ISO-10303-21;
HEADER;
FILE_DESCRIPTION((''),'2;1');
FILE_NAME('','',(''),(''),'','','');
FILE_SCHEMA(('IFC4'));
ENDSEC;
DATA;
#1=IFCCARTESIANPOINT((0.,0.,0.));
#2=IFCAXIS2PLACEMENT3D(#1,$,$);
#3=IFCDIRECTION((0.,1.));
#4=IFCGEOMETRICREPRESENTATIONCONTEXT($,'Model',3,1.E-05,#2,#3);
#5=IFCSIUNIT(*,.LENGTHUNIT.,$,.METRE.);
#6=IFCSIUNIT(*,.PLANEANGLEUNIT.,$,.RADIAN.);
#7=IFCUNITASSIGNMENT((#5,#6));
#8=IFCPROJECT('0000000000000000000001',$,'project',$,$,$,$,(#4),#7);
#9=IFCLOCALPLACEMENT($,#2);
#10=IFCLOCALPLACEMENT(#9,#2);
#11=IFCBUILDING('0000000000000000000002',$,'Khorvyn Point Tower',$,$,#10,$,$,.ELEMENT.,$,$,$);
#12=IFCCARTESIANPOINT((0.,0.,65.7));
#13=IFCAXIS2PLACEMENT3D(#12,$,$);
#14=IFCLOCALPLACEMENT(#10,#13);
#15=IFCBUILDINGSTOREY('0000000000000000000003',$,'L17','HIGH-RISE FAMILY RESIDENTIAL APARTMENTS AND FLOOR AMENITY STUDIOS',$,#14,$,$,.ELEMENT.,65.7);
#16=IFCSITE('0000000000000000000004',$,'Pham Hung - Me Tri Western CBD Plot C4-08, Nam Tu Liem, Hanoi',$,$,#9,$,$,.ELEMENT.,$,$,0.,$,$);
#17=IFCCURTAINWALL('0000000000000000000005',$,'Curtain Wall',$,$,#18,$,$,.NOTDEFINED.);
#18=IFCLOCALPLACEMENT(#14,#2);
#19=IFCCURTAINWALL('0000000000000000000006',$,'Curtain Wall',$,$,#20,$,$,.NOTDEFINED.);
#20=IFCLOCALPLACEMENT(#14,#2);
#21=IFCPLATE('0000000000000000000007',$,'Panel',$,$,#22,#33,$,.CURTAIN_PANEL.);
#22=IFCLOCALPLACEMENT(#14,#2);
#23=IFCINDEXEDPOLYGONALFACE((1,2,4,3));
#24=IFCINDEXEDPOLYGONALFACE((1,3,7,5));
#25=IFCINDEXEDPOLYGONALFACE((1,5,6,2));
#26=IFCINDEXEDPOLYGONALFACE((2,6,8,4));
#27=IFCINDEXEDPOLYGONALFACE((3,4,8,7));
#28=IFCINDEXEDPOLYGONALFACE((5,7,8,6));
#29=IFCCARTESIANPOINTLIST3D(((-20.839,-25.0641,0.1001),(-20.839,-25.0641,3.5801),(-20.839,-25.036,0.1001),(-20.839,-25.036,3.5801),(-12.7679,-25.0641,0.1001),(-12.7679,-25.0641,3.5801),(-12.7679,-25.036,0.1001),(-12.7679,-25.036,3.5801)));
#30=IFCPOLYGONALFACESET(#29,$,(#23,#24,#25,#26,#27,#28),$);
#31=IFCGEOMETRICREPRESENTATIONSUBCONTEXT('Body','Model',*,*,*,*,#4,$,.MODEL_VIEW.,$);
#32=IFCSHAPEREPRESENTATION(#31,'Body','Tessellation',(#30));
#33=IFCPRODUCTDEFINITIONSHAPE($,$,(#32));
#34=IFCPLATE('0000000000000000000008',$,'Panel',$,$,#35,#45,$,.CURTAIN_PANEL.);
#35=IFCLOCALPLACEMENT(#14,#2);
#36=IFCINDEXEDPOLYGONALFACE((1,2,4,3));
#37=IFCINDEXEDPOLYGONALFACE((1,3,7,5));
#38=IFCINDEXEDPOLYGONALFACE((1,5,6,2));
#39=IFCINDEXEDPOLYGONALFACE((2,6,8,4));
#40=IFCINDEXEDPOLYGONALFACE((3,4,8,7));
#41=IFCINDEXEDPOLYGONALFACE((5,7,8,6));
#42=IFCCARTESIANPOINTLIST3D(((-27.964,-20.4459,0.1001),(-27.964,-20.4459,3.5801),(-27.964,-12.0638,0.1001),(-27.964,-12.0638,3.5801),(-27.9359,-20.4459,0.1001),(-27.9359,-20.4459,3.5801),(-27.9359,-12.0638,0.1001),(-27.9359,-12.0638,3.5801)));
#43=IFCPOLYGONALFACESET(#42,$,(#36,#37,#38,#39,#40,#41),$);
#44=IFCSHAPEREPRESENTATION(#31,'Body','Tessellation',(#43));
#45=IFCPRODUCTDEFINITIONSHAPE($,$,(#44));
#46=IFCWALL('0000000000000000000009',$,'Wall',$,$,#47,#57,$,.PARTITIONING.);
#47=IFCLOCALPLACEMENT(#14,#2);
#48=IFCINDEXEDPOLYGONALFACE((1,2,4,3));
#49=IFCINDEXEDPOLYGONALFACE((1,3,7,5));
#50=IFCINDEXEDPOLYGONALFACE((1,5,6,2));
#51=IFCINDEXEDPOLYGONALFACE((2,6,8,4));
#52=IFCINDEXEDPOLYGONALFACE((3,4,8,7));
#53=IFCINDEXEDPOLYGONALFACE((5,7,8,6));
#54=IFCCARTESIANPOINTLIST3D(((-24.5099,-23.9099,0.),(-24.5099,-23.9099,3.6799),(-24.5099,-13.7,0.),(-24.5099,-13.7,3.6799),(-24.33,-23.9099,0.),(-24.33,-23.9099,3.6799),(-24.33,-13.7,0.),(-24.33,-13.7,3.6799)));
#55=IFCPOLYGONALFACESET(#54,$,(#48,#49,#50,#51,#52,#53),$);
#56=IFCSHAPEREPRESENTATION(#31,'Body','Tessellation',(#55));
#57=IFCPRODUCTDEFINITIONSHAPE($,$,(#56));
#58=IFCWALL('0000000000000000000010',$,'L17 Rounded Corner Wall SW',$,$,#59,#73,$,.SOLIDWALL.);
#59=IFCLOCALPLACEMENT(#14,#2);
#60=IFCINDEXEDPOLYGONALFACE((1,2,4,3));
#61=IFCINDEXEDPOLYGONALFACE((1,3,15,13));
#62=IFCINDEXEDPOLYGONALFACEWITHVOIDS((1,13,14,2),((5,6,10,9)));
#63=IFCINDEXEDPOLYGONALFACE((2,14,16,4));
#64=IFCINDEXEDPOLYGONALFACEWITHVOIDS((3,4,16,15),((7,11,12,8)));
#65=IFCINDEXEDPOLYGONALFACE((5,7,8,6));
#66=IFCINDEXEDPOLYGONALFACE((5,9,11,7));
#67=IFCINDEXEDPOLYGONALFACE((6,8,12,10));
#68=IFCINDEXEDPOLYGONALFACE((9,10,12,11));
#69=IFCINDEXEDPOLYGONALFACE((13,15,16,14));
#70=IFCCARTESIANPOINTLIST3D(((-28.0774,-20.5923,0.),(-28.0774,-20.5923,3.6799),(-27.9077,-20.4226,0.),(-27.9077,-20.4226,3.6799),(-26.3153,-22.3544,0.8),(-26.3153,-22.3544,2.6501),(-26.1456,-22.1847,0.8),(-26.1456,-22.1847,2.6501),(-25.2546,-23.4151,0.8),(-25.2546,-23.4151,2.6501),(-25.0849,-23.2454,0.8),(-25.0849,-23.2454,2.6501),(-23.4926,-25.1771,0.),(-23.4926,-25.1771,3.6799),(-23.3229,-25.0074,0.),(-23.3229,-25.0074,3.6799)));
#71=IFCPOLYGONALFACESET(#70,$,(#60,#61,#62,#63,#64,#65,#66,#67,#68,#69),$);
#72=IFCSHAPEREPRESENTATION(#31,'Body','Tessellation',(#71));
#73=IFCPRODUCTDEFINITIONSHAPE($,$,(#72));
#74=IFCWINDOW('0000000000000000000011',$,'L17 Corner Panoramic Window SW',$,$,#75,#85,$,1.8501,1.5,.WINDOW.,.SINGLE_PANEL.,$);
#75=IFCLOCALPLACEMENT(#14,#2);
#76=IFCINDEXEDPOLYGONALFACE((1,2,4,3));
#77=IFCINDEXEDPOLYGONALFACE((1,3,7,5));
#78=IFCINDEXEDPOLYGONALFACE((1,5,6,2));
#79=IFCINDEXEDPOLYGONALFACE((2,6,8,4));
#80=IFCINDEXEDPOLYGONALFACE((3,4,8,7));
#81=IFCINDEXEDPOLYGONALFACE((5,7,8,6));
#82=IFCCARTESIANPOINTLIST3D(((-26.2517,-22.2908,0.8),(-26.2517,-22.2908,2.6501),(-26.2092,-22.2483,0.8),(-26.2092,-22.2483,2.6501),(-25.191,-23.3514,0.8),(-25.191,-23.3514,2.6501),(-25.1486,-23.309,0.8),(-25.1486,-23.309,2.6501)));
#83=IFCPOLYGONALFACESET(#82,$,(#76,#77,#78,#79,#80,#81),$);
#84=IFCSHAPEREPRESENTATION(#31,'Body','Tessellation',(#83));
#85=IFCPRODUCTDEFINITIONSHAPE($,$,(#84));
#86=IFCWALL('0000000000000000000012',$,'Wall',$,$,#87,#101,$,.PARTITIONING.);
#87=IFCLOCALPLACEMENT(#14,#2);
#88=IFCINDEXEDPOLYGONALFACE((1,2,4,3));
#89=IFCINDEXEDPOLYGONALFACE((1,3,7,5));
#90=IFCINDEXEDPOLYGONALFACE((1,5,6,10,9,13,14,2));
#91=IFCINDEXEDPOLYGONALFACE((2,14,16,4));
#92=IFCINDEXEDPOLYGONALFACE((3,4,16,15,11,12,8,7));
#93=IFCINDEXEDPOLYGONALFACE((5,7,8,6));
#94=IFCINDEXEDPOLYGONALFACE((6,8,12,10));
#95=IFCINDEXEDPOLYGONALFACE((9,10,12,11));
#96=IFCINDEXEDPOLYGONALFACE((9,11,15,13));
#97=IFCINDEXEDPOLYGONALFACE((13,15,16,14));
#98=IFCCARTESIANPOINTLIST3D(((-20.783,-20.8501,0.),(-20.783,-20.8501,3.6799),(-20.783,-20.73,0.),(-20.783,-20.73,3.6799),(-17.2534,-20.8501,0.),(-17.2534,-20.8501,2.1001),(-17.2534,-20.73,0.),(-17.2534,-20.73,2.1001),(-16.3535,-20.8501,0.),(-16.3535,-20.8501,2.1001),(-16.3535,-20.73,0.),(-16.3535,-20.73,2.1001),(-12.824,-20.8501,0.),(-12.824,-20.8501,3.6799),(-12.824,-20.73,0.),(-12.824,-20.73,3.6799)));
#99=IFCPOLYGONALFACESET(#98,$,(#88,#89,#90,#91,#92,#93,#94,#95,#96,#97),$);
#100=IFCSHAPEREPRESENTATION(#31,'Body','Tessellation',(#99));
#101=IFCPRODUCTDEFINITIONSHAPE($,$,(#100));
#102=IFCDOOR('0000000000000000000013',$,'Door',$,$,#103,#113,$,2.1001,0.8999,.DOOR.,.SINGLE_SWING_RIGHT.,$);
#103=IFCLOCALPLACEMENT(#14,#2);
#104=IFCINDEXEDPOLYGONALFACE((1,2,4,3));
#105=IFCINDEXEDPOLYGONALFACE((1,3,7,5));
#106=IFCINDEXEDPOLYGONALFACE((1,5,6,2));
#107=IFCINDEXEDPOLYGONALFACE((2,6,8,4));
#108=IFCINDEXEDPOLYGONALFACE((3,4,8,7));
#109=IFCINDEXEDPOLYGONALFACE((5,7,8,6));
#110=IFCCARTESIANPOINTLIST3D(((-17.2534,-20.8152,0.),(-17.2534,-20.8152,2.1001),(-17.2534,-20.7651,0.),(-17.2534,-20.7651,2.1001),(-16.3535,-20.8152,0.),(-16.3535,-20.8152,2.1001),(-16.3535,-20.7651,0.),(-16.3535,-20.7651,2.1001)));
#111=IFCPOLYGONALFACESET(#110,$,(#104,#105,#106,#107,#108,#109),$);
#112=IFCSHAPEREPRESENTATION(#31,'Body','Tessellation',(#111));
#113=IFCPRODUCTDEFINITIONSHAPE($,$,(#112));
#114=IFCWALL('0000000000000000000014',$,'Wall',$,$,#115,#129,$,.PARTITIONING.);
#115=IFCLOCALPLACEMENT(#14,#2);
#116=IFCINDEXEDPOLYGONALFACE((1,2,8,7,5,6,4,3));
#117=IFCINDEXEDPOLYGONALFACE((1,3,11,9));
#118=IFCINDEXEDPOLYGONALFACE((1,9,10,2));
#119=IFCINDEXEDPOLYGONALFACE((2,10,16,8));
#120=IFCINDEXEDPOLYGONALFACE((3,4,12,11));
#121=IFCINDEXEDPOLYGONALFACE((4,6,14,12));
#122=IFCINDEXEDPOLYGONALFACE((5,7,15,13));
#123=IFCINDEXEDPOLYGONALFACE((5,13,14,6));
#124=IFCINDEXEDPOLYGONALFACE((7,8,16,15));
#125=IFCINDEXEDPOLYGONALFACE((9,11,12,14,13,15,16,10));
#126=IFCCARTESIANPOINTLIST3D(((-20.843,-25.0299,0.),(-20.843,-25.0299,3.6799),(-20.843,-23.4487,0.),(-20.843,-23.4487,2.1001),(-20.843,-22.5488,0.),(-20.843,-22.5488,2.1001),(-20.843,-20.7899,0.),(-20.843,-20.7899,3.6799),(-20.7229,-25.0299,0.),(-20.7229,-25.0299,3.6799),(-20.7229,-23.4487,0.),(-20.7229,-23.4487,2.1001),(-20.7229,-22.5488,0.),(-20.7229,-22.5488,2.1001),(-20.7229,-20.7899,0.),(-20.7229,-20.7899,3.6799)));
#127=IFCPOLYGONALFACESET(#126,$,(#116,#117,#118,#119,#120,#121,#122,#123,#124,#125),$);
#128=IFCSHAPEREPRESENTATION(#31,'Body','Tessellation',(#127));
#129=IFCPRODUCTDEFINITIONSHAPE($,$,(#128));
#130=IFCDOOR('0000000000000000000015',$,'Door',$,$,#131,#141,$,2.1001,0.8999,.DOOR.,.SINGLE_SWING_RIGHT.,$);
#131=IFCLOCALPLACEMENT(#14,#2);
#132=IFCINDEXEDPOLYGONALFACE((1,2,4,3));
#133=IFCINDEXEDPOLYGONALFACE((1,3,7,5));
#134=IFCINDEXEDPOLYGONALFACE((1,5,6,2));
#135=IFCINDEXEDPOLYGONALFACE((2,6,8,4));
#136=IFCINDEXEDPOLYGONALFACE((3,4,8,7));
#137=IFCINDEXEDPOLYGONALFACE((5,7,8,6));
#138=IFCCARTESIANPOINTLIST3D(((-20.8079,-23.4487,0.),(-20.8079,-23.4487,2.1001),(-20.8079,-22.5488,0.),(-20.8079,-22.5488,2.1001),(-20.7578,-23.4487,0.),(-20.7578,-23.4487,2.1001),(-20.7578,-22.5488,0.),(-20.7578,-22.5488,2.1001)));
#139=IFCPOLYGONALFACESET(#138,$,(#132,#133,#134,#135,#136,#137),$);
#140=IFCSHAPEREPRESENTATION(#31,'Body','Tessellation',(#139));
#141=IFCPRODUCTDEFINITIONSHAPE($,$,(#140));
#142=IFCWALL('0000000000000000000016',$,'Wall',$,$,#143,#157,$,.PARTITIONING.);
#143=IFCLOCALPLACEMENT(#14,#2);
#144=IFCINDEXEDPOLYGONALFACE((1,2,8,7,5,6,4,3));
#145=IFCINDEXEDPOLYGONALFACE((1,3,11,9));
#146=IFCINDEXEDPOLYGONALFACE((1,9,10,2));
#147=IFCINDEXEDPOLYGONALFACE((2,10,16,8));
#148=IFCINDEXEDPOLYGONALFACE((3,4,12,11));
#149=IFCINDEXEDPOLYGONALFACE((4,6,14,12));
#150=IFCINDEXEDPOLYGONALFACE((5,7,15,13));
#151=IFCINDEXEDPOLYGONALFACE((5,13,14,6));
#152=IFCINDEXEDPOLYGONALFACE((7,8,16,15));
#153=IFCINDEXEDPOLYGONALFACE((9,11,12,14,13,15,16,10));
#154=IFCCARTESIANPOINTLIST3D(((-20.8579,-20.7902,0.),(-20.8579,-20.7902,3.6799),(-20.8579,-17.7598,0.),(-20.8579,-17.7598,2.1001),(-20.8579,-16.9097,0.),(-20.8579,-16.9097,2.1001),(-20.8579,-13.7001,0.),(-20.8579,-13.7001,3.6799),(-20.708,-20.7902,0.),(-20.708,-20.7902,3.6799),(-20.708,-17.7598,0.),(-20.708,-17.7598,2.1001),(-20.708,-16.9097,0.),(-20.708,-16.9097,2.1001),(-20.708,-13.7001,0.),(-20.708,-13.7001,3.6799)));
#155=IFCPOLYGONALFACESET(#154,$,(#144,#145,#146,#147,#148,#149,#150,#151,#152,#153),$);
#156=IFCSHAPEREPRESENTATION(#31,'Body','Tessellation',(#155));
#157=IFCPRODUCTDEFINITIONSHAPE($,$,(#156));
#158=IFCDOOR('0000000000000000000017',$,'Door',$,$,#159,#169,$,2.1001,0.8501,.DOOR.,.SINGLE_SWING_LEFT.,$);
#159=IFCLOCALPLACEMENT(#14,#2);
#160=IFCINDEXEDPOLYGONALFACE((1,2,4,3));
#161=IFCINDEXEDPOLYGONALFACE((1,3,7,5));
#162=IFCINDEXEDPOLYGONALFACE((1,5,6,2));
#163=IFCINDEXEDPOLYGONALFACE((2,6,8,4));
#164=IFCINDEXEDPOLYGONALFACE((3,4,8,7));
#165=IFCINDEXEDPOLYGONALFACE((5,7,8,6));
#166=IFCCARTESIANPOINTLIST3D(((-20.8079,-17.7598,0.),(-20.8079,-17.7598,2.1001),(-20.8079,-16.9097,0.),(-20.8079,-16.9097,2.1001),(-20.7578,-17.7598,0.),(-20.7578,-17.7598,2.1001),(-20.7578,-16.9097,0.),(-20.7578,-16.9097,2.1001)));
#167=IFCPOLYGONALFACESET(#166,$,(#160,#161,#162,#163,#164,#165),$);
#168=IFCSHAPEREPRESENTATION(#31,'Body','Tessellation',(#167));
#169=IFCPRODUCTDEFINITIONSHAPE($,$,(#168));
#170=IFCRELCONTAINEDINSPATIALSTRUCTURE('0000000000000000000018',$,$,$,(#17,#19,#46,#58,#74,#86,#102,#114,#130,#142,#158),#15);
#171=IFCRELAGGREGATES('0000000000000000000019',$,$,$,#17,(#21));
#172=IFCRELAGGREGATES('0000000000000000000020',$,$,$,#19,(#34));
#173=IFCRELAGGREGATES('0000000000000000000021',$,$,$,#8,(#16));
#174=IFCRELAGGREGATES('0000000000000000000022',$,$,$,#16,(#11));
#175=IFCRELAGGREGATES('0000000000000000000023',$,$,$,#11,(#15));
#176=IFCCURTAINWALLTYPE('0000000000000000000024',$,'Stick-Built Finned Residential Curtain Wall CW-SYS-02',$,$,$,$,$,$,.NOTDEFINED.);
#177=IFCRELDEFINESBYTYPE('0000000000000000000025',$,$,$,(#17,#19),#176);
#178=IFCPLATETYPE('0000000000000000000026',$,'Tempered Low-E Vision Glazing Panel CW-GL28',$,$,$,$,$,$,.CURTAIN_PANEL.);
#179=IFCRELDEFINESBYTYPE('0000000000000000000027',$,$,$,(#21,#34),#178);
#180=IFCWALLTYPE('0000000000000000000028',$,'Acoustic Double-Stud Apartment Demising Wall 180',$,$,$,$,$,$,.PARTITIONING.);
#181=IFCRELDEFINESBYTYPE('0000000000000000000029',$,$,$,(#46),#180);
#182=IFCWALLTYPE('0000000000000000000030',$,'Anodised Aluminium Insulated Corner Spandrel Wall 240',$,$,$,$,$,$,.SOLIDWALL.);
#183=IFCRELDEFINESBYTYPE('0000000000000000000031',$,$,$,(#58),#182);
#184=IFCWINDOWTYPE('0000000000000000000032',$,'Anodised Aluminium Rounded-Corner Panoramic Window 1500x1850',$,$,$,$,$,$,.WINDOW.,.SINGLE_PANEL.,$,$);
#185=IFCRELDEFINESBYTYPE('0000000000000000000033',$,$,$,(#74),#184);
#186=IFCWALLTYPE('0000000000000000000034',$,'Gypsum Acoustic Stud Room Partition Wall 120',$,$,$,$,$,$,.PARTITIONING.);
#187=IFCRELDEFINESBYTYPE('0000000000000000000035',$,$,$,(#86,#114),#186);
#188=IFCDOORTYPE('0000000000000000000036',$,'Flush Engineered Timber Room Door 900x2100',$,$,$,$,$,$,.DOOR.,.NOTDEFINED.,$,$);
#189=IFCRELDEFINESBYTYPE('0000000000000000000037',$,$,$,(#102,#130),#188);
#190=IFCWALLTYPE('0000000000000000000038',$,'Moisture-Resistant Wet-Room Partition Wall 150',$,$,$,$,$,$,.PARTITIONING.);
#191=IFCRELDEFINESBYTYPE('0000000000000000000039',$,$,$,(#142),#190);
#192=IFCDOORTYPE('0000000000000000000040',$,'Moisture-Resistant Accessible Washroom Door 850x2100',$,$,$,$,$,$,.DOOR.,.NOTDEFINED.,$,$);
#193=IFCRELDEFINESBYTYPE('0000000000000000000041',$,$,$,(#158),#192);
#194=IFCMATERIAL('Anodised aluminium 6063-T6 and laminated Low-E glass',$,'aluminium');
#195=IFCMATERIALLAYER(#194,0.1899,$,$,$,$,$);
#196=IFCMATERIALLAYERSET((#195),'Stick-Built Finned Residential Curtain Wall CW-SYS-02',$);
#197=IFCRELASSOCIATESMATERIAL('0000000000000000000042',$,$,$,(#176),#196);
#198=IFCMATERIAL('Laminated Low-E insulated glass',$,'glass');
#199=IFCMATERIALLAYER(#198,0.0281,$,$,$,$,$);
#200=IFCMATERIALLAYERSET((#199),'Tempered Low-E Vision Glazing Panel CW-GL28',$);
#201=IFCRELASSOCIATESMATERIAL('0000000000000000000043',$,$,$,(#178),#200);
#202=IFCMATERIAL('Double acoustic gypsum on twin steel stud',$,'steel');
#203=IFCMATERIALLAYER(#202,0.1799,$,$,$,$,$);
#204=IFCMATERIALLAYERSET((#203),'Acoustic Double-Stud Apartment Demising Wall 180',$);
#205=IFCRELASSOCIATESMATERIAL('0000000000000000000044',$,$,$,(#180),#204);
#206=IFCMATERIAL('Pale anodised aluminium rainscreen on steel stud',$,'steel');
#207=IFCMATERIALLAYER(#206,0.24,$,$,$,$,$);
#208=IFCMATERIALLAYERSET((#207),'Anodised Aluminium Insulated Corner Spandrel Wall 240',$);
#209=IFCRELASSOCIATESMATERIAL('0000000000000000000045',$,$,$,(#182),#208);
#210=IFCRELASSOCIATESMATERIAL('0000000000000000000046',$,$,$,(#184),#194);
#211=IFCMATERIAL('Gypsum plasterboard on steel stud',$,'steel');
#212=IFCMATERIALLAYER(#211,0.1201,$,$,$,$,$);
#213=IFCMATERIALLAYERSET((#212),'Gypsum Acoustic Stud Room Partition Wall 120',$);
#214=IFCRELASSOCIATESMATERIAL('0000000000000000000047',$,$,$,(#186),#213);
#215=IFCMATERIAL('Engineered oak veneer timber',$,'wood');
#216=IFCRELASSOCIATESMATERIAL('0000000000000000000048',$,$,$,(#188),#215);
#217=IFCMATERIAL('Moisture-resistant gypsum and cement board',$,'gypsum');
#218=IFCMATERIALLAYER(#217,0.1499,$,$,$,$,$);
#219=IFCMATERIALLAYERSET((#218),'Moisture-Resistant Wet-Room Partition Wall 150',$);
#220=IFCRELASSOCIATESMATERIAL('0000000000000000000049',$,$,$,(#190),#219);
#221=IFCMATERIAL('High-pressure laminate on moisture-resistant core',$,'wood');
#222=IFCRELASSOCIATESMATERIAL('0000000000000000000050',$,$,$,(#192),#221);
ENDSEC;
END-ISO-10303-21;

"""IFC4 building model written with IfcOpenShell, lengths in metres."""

from ifc_helpers import new_model, si_unit, direction, frame, frame_2d, origin, origin_2d, place, context, subcontext, project, spatial, rectangle, extrude, material, layer, layer_set, type_object, element, fill, aggregate, save


model = new_model("IFC4")

# Units and contexts
model_context = context("Model", 3, precision=1e-05, world=origin(), true_north=direction((0.0, 1.0)))
body_context = subcontext(model_context, "Body", "Model", "MODEL_VIEW")
ifc_project = project(units=[si_unit("LENGTHUNIT", "METRE"), si_unit("PLANEANGLEUNIT", "RADIAN")], contexts=[model_context])

# Site, building, storey
site_placement = place(None, origin())
site = spatial("IfcSite", under=ifc_project, at=site_placement, Name="Pham Hung - Me Tri Western CBD Plot C4-08, Nam Tu Liem, Hanoi", CompositionType="ELEMENT", RefElevation=0.0)
building_placement = place(site_placement, origin())
building = spatial("IfcBuilding", under=site, at=building_placement, Name="Khorvyn Point Tower", CompositionType="ELEMENT")
storey_placement = place(building_placement, frame((0.0, 0.0, 65.7)))
storey = spatial("IfcBuildingStorey", under=building, at=storey_placement, Name="L17", Description="HIGH-RISE FAMILY RESIDENTIAL APARTMENTS AND FLOOR AMENITY STUDIOS", CompositionType="ELEMENT", Elevation=65.7)

# Curtain wall
ifc_material_1 = material(Name="Anodised aluminium 6063-T6 and laminated Low-E glass", Category="aluminium")
ifc_layer_1 = layer(ifc_material_1, 0.1899)
ifc_layer_set_1 = layer_set([ifc_layer_1], Name="Stick-Built Finned Residential Curtain Wall CW-SYS-02")
curtain_wall_type = type_object("IfcCurtainWallType", Name="Stick-Built Finned Residential Curtain Wall CW-SYS-02", PredefinedType="NOTDEFINED", material=ifc_layer_set_1)
curtain_wall_1_placement = place(storey_placement, origin())
curtain_wall_1 = element("IfcCurtainWall", 1, at=curtain_wall_1_placement, inside=storey, type_object=curtain_wall_type, Name="Curtain Wall", PredefinedType="NOTDEFINED")

# Curtain wall
curtain_wall_2_placement = place(storey_placement, origin())
curtain_wall_2 = element("IfcCurtainWall", 2, at=curtain_wall_2_placement, inside=storey, type_object=curtain_wall_type, Name="Curtain Wall", PredefinedType="NOTDEFINED")

# Plates
ifc_material_2 = material(Name="Laminated Low-E insulated glass", Category="glass")
ifc_layer_2 = layer(ifc_material_2, 0.0281)
ifc_layer_set_2 = layer_set([ifc_layer_2], Name="Tempered Low-E Vision Glazing Panel CW-GL28")
plate_type = type_object("IfcPlateType", Name="Tempered Low-E Vision Glazing Panel CW-GL28", PredefinedType="CURTAIN_PANEL", material=ifc_layer_set_2)
plate_1_placement = place(storey_placement, frame((-16.8035, -25.05, 0.1001), z_axis=(0.0, 0.0, 1.0), x_axis=(-1.0, 0.0, 0.0)))
plate_1 = element("IfcPlate", 3, at=plate_1_placement, type_object=plate_type, Name="Panel", PredefinedType="CURTAIN_PANEL", context=body_context, shape_type="SweptSolid", body=[
    extrude(rectangle(XDim=8.071, YDim=0.0281, at=origin_2d()), origin(), (0.0, 0.0, 1.0), 3.48),
])
aggregate(curtain_wall_1, [plate_1])
plate_2_placement = place(storey_placement, frame((-27.95, -16.2549, 0.1001), z_axis=(0.0, 0.0, 1.0), x_axis=(0.0, 1.0, 0.0)))
plate_2 = element("IfcPlate", 4, at=plate_2_placement, type_object=plate_type, Name="Panel", PredefinedType="CURTAIN_PANEL", context=body_context, shape_type="SweptSolid", body=[
    extrude(rectangle(XDim=8.3821, YDim=0.0281, at=origin_2d()), origin(), (0.0, 0.0, 1.0), 3.48),
])
aggregate(curtain_wall_2, [plate_2])

# Wall
ifc_material_3 = material(Name="Double acoustic gypsum on twin steel stud", Category="steel")
ifc_layer_3 = layer(ifc_material_3, 0.1799)
ifc_layer_set_3 = layer_set([ifc_layer_3], Name="Acoustic Double-Stud Apartment Demising Wall 180")
wall_type_1 = type_object("IfcWallType", Name="Acoustic Double-Stud Apartment Demising Wall 180", PredefinedType="PARTITIONING", material=ifc_layer_set_3)
wall_1_placement = place(storey_placement, frame((-24.4199, -23.9099, 0.0), z_axis=(0.0, 0.0, 1.0), x_axis=(0.0, 1.0, 0.0)))
element("IfcWall", 5, at=wall_1_placement, inside=storey, type_object=wall_type_1, Name="Wall", PredefinedType="PARTITIONING", context=body_context, shape_type="SweptSolid", body=[
    extrude(rectangle(XDim=10.21, YDim=0.1799, at=frame_2d((5.105, 0.0))), origin(), (0.0, 0.0, 1.0), 3.6799),
])

# Wall, opening, window
ifc_material_4 = material(Name="Pale anodised aluminium rainscreen on steel stud", Category="steel")
ifc_layer_4 = layer(ifc_material_4, 0.24)
ifc_layer_set_4 = layer_set([ifc_layer_4], Name="Anodised Aluminium Insulated Corner Spandrel Wall 240")
wall_type_2 = type_object("IfcWallType", Name="Anodised Aluminium Insulated Corner Spandrel Wall 240", PredefinedType="SOLIDWALL", material=ifc_layer_set_4)
wall_2_placement = place(storey_placement, frame((-23.4077, -25.0923, 0.0), z_axis=(0.0, 0.0, 1.0), x_axis=(-0.707107, 0.707107, 0.0)))
wall_2 = element("IfcWall", 6, at=wall_2_placement, inside=storey, type_object=wall_type_2, Name="L17 Rounded Corner Wall SW", PredefinedType="SOLIDWALL", context=body_context, shape_type="SweptSolid", body=[
    extrude(rectangle(XDim=6.4839, YDim=0.24, at=frame_2d((3.2419, 0.0))), origin(), (0.0, 0.0, 1.0), 3.6799),
])
opening_1_placement = place(wall_2_placement, frame((2.4919, 0.0, 0.8)))
opening_1 = element("IfcOpeningElement", 7, at=opening_1_placement, cuts=wall_2, PredefinedType="OPENING", context=body_context, shape_type="SweptSolid", body=[
    extrude(rectangle(XDim=1.5, YDim=1.8501, at=frame_2d((0.75, 0.925))), frame((0.0, 0.1299, 0.0), z_axis=(0.0, -1.0, 0.0), x_axis=(1.0, 0.0, 0.0)), (0.0, 0.0, 1.0), 0.26),
])
window_type = type_object("IfcWindowType", Name="Anodised Aluminium Rounded-Corner Panoramic Window 1500x1850", PartitioningType="SINGLE_PANEL", PredefinedType="WINDOW", material=ifc_material_1)
window_placement = place(opening_1_placement, origin())
window = element("IfcWindow", 8, at=window_placement, inside=storey, type_object=window_type, Name="L17 Corner Panoramic Window SW", OverallHeight=1.8501, OverallWidth=1.5, PartitioningType="SINGLE_PANEL", PredefinedType="WINDOW", context=body_context, shape_type="SweptSolid", body=[
    extrude(rectangle(XDim=1.5, YDim=1.8501, at=frame_2d((0.75, 0.925))), frame((0.0, 0.03, 0.0), z_axis=(0.0, -1.0, 0.0), x_axis=(1.0, 0.0, 0.0)), (0.0, 0.0, 1.0), 0.0601),
])
fill(opening_1, window)

# Walls, openings, doors
ifc_material_5 = material(Name="Gypsum plasterboard on steel stud", Category="steel")
ifc_layer_5 = layer(ifc_material_5, 0.1201)
ifc_layer_set_5 = layer_set([ifc_layer_5], Name="Gypsum Acoustic Stud Room Partition Wall 120")
wall_type_3 = type_object("IfcWallType", Name="Gypsum Acoustic Stud Room Partition Wall 120", PredefinedType="PARTITIONING", material=ifc_layer_set_5)
wall_3_placement = place(storey_placement, frame((-20.783, -20.79, 0.0), z_axis=(0.0, 0.0, 1.0), x_axis=(1.0, 0.0, 0.0)))
wall_3 = element("IfcWall", 9, at=wall_3_placement, inside=storey, type_object=wall_type_3, Name="Wall", PredefinedType="PARTITIONING", context=body_context, shape_type="SweptSolid", body=[
    extrude(rectangle(XDim=7.959, YDim=0.1201, at=frame_2d((3.9795, 0.0))), origin(), (0.0, 0.0, 1.0), 3.6799),
])
opening_2_placement = place(wall_3_placement, frame((3.5295, 0.0, 0.0)))
opening_2 = element("IfcOpeningElement", 10, at=opening_2_placement, cuts=wall_3, PredefinedType="OPENING", context=body_context, shape_type="SweptSolid", body=[
    extrude(rectangle(XDim=0.8999, YDim=2.1001, at=frame_2d((0.45, 1.05))), frame((0.0, 0.0701, 0.0), z_axis=(0.0, -1.0, 0.0), x_axis=(1.0, 0.0, 0.0)), (0.0, 0.0, 1.0), 0.1401),
])
ifc_material_6 = material(Name="Engineered oak veneer timber", Category="wood")
door_type_1 = type_object("IfcDoorType", Name="Flush Engineered Timber Room Door 900x2100", OperationType="NOTDEFINED", PredefinedType="DOOR", material=ifc_material_6)
door_1_placement = place(opening_2_placement, origin())
door_1 = element("IfcDoor", 11, at=door_1_placement, inside=storey, type_object=door_type_1, Name="Door", OperationType="SINGLE_SWING_RIGHT", OverallHeight=2.1001, OverallWidth=0.8999, PredefinedType="DOOR", context=body_context, shape_type="SweptSolid", body=[
    extrude(rectangle(XDim=0.8999, YDim=2.1001, at=frame_2d((0.45, 1.05))), frame((0.0, 0.0249, 0.0), z_axis=(0.0, -1.0, 0.0), x_axis=(1.0, 0.0, 0.0)), (0.0, 0.0, 1.0), 0.05),
])
fill(opening_2, door_1)
wall_4_placement = place(storey_placement, frame((-20.783, -25.03, 0.0), z_axis=(0.0, 0.0, 1.0), x_axis=(0.0, 1.0, 0.0)))
wall_4 = element("IfcWall", 12, at=wall_4_placement, inside=storey, type_object=wall_type_3, Name="Wall", PredefinedType="PARTITIONING", context=body_context, shape_type="SweptSolid", body=[
    extrude(rectangle(XDim=4.24, YDim=0.1201, at=frame_2d((2.1201, 0.0))), origin(), (0.0, 0.0, 1.0), 3.6799),
])
opening_3_placement = place(wall_4_placement, frame((1.5813, 0.0, 0.0)))
opening_3 = element("IfcOpeningElement", 13, at=opening_3_placement, cuts=wall_4, PredefinedType="OPENING", context=body_context, shape_type="SweptSolid", body=[
    extrude(rectangle(XDim=0.8999, YDim=2.1001, at=frame_2d((0.45, 1.05))), frame((0.0, 0.0701, 0.0), z_axis=(0.0, -1.0, 0.0), x_axis=(1.0, 0.0, 0.0)), (0.0, 0.0, 1.0), 0.1401),
])
door_2_placement = place(opening_3_placement, origin())
door_2 = element("IfcDoor", 14, at=door_2_placement, inside=storey, type_object=door_type_1, Name="Door", OperationType="SINGLE_SWING_RIGHT", OverallHeight=2.1001, OverallWidth=0.8999, PredefinedType="DOOR", context=body_context, shape_type="SweptSolid", body=[
    extrude(rectangle(XDim=0.8999, YDim=2.1001, at=frame_2d((0.45, 1.05))), frame((0.0, 0.0249, 0.0), z_axis=(0.0, -1.0, 0.0), x_axis=(1.0, 0.0, 0.0)), (0.0, 0.0, 1.0), 0.05),
])
fill(opening_3, door_2)
ifc_material_7 = material(Name="Moisture-resistant gypsum and cement board", Category="gypsum")
ifc_layer_6 = layer(ifc_material_7, 0.1499)
ifc_layer_set_6 = layer_set([ifc_layer_6], Name="Moisture-Resistant Wet-Room Partition Wall 150")
wall_type_4 = type_object("IfcWallType", Name="Moisture-Resistant Wet-Room Partition Wall 150", PredefinedType="PARTITIONING", material=ifc_layer_set_6)
wall_5_placement = place(storey_placement, frame((-20.783, -20.79, 0.0), z_axis=(0.0, 0.0, 1.0), x_axis=(0.0, 1.0, 0.0)))
wall_5 = element("IfcWall", 15, at=wall_5_placement, inside=storey, type_object=wall_type_4, Name="Wall", PredefinedType="PARTITIONING", context=body_context, shape_type="SweptSolid", body=[
    extrude(rectangle(XDim=7.0901, YDim=0.1499, at=frame_2d((3.5449, 0.0))), origin(), (0.0, 0.0, 1.0), 3.6799),
])
opening_4_placement = place(wall_5_placement, frame((3.0303, 0.0, 0.0)))
opening_4 = element("IfcOpeningElement", 16, at=opening_4_placement, cuts=wall_5, PredefinedType="OPENING", context=body_context, shape_type="SweptSolid", body=[
    extrude(rectangle(XDim=0.8501, YDim=2.1001, at=frame_2d((0.425, 1.05))), frame((0.0, 0.085, 0.0), z_axis=(0.0, -1.0, 0.0), x_axis=(1.0, 0.0, 0.0)), (0.0, 0.0, 1.0), 0.1699),
])
ifc_material_8 = material(Name="High-pressure laminate on moisture-resistant core", Category="wood")
door_type_2 = type_object("IfcDoorType", Name="Moisture-Resistant Accessible Washroom Door 850x2100", OperationType="NOTDEFINED", PredefinedType="DOOR", material=ifc_material_8)
door_3_placement = place(opening_4_placement, origin())
door_3 = element("IfcDoor", 17, at=door_3_placement, inside=storey, type_object=door_type_2, Name="Door", OperationType="SINGLE_SWING_LEFT", OverallHeight=2.1001, OverallWidth=0.8501, PredefinedType="DOOR", context=body_context, shape_type="SweptSolid", body=[
    extrude(rectangle(XDim=0.8501, YDim=2.1001, at=frame_2d((0.425, 1.05))), frame((0.0, 0.0249, 0.0), z_axis=(0.0, -1.0, 0.0), x_axis=(1.0, 0.0, 0.0)), (0.0, 0.0, 1.0), 0.05),
])
fill(opening_4, door_3)

save(model, "model.ifc")
